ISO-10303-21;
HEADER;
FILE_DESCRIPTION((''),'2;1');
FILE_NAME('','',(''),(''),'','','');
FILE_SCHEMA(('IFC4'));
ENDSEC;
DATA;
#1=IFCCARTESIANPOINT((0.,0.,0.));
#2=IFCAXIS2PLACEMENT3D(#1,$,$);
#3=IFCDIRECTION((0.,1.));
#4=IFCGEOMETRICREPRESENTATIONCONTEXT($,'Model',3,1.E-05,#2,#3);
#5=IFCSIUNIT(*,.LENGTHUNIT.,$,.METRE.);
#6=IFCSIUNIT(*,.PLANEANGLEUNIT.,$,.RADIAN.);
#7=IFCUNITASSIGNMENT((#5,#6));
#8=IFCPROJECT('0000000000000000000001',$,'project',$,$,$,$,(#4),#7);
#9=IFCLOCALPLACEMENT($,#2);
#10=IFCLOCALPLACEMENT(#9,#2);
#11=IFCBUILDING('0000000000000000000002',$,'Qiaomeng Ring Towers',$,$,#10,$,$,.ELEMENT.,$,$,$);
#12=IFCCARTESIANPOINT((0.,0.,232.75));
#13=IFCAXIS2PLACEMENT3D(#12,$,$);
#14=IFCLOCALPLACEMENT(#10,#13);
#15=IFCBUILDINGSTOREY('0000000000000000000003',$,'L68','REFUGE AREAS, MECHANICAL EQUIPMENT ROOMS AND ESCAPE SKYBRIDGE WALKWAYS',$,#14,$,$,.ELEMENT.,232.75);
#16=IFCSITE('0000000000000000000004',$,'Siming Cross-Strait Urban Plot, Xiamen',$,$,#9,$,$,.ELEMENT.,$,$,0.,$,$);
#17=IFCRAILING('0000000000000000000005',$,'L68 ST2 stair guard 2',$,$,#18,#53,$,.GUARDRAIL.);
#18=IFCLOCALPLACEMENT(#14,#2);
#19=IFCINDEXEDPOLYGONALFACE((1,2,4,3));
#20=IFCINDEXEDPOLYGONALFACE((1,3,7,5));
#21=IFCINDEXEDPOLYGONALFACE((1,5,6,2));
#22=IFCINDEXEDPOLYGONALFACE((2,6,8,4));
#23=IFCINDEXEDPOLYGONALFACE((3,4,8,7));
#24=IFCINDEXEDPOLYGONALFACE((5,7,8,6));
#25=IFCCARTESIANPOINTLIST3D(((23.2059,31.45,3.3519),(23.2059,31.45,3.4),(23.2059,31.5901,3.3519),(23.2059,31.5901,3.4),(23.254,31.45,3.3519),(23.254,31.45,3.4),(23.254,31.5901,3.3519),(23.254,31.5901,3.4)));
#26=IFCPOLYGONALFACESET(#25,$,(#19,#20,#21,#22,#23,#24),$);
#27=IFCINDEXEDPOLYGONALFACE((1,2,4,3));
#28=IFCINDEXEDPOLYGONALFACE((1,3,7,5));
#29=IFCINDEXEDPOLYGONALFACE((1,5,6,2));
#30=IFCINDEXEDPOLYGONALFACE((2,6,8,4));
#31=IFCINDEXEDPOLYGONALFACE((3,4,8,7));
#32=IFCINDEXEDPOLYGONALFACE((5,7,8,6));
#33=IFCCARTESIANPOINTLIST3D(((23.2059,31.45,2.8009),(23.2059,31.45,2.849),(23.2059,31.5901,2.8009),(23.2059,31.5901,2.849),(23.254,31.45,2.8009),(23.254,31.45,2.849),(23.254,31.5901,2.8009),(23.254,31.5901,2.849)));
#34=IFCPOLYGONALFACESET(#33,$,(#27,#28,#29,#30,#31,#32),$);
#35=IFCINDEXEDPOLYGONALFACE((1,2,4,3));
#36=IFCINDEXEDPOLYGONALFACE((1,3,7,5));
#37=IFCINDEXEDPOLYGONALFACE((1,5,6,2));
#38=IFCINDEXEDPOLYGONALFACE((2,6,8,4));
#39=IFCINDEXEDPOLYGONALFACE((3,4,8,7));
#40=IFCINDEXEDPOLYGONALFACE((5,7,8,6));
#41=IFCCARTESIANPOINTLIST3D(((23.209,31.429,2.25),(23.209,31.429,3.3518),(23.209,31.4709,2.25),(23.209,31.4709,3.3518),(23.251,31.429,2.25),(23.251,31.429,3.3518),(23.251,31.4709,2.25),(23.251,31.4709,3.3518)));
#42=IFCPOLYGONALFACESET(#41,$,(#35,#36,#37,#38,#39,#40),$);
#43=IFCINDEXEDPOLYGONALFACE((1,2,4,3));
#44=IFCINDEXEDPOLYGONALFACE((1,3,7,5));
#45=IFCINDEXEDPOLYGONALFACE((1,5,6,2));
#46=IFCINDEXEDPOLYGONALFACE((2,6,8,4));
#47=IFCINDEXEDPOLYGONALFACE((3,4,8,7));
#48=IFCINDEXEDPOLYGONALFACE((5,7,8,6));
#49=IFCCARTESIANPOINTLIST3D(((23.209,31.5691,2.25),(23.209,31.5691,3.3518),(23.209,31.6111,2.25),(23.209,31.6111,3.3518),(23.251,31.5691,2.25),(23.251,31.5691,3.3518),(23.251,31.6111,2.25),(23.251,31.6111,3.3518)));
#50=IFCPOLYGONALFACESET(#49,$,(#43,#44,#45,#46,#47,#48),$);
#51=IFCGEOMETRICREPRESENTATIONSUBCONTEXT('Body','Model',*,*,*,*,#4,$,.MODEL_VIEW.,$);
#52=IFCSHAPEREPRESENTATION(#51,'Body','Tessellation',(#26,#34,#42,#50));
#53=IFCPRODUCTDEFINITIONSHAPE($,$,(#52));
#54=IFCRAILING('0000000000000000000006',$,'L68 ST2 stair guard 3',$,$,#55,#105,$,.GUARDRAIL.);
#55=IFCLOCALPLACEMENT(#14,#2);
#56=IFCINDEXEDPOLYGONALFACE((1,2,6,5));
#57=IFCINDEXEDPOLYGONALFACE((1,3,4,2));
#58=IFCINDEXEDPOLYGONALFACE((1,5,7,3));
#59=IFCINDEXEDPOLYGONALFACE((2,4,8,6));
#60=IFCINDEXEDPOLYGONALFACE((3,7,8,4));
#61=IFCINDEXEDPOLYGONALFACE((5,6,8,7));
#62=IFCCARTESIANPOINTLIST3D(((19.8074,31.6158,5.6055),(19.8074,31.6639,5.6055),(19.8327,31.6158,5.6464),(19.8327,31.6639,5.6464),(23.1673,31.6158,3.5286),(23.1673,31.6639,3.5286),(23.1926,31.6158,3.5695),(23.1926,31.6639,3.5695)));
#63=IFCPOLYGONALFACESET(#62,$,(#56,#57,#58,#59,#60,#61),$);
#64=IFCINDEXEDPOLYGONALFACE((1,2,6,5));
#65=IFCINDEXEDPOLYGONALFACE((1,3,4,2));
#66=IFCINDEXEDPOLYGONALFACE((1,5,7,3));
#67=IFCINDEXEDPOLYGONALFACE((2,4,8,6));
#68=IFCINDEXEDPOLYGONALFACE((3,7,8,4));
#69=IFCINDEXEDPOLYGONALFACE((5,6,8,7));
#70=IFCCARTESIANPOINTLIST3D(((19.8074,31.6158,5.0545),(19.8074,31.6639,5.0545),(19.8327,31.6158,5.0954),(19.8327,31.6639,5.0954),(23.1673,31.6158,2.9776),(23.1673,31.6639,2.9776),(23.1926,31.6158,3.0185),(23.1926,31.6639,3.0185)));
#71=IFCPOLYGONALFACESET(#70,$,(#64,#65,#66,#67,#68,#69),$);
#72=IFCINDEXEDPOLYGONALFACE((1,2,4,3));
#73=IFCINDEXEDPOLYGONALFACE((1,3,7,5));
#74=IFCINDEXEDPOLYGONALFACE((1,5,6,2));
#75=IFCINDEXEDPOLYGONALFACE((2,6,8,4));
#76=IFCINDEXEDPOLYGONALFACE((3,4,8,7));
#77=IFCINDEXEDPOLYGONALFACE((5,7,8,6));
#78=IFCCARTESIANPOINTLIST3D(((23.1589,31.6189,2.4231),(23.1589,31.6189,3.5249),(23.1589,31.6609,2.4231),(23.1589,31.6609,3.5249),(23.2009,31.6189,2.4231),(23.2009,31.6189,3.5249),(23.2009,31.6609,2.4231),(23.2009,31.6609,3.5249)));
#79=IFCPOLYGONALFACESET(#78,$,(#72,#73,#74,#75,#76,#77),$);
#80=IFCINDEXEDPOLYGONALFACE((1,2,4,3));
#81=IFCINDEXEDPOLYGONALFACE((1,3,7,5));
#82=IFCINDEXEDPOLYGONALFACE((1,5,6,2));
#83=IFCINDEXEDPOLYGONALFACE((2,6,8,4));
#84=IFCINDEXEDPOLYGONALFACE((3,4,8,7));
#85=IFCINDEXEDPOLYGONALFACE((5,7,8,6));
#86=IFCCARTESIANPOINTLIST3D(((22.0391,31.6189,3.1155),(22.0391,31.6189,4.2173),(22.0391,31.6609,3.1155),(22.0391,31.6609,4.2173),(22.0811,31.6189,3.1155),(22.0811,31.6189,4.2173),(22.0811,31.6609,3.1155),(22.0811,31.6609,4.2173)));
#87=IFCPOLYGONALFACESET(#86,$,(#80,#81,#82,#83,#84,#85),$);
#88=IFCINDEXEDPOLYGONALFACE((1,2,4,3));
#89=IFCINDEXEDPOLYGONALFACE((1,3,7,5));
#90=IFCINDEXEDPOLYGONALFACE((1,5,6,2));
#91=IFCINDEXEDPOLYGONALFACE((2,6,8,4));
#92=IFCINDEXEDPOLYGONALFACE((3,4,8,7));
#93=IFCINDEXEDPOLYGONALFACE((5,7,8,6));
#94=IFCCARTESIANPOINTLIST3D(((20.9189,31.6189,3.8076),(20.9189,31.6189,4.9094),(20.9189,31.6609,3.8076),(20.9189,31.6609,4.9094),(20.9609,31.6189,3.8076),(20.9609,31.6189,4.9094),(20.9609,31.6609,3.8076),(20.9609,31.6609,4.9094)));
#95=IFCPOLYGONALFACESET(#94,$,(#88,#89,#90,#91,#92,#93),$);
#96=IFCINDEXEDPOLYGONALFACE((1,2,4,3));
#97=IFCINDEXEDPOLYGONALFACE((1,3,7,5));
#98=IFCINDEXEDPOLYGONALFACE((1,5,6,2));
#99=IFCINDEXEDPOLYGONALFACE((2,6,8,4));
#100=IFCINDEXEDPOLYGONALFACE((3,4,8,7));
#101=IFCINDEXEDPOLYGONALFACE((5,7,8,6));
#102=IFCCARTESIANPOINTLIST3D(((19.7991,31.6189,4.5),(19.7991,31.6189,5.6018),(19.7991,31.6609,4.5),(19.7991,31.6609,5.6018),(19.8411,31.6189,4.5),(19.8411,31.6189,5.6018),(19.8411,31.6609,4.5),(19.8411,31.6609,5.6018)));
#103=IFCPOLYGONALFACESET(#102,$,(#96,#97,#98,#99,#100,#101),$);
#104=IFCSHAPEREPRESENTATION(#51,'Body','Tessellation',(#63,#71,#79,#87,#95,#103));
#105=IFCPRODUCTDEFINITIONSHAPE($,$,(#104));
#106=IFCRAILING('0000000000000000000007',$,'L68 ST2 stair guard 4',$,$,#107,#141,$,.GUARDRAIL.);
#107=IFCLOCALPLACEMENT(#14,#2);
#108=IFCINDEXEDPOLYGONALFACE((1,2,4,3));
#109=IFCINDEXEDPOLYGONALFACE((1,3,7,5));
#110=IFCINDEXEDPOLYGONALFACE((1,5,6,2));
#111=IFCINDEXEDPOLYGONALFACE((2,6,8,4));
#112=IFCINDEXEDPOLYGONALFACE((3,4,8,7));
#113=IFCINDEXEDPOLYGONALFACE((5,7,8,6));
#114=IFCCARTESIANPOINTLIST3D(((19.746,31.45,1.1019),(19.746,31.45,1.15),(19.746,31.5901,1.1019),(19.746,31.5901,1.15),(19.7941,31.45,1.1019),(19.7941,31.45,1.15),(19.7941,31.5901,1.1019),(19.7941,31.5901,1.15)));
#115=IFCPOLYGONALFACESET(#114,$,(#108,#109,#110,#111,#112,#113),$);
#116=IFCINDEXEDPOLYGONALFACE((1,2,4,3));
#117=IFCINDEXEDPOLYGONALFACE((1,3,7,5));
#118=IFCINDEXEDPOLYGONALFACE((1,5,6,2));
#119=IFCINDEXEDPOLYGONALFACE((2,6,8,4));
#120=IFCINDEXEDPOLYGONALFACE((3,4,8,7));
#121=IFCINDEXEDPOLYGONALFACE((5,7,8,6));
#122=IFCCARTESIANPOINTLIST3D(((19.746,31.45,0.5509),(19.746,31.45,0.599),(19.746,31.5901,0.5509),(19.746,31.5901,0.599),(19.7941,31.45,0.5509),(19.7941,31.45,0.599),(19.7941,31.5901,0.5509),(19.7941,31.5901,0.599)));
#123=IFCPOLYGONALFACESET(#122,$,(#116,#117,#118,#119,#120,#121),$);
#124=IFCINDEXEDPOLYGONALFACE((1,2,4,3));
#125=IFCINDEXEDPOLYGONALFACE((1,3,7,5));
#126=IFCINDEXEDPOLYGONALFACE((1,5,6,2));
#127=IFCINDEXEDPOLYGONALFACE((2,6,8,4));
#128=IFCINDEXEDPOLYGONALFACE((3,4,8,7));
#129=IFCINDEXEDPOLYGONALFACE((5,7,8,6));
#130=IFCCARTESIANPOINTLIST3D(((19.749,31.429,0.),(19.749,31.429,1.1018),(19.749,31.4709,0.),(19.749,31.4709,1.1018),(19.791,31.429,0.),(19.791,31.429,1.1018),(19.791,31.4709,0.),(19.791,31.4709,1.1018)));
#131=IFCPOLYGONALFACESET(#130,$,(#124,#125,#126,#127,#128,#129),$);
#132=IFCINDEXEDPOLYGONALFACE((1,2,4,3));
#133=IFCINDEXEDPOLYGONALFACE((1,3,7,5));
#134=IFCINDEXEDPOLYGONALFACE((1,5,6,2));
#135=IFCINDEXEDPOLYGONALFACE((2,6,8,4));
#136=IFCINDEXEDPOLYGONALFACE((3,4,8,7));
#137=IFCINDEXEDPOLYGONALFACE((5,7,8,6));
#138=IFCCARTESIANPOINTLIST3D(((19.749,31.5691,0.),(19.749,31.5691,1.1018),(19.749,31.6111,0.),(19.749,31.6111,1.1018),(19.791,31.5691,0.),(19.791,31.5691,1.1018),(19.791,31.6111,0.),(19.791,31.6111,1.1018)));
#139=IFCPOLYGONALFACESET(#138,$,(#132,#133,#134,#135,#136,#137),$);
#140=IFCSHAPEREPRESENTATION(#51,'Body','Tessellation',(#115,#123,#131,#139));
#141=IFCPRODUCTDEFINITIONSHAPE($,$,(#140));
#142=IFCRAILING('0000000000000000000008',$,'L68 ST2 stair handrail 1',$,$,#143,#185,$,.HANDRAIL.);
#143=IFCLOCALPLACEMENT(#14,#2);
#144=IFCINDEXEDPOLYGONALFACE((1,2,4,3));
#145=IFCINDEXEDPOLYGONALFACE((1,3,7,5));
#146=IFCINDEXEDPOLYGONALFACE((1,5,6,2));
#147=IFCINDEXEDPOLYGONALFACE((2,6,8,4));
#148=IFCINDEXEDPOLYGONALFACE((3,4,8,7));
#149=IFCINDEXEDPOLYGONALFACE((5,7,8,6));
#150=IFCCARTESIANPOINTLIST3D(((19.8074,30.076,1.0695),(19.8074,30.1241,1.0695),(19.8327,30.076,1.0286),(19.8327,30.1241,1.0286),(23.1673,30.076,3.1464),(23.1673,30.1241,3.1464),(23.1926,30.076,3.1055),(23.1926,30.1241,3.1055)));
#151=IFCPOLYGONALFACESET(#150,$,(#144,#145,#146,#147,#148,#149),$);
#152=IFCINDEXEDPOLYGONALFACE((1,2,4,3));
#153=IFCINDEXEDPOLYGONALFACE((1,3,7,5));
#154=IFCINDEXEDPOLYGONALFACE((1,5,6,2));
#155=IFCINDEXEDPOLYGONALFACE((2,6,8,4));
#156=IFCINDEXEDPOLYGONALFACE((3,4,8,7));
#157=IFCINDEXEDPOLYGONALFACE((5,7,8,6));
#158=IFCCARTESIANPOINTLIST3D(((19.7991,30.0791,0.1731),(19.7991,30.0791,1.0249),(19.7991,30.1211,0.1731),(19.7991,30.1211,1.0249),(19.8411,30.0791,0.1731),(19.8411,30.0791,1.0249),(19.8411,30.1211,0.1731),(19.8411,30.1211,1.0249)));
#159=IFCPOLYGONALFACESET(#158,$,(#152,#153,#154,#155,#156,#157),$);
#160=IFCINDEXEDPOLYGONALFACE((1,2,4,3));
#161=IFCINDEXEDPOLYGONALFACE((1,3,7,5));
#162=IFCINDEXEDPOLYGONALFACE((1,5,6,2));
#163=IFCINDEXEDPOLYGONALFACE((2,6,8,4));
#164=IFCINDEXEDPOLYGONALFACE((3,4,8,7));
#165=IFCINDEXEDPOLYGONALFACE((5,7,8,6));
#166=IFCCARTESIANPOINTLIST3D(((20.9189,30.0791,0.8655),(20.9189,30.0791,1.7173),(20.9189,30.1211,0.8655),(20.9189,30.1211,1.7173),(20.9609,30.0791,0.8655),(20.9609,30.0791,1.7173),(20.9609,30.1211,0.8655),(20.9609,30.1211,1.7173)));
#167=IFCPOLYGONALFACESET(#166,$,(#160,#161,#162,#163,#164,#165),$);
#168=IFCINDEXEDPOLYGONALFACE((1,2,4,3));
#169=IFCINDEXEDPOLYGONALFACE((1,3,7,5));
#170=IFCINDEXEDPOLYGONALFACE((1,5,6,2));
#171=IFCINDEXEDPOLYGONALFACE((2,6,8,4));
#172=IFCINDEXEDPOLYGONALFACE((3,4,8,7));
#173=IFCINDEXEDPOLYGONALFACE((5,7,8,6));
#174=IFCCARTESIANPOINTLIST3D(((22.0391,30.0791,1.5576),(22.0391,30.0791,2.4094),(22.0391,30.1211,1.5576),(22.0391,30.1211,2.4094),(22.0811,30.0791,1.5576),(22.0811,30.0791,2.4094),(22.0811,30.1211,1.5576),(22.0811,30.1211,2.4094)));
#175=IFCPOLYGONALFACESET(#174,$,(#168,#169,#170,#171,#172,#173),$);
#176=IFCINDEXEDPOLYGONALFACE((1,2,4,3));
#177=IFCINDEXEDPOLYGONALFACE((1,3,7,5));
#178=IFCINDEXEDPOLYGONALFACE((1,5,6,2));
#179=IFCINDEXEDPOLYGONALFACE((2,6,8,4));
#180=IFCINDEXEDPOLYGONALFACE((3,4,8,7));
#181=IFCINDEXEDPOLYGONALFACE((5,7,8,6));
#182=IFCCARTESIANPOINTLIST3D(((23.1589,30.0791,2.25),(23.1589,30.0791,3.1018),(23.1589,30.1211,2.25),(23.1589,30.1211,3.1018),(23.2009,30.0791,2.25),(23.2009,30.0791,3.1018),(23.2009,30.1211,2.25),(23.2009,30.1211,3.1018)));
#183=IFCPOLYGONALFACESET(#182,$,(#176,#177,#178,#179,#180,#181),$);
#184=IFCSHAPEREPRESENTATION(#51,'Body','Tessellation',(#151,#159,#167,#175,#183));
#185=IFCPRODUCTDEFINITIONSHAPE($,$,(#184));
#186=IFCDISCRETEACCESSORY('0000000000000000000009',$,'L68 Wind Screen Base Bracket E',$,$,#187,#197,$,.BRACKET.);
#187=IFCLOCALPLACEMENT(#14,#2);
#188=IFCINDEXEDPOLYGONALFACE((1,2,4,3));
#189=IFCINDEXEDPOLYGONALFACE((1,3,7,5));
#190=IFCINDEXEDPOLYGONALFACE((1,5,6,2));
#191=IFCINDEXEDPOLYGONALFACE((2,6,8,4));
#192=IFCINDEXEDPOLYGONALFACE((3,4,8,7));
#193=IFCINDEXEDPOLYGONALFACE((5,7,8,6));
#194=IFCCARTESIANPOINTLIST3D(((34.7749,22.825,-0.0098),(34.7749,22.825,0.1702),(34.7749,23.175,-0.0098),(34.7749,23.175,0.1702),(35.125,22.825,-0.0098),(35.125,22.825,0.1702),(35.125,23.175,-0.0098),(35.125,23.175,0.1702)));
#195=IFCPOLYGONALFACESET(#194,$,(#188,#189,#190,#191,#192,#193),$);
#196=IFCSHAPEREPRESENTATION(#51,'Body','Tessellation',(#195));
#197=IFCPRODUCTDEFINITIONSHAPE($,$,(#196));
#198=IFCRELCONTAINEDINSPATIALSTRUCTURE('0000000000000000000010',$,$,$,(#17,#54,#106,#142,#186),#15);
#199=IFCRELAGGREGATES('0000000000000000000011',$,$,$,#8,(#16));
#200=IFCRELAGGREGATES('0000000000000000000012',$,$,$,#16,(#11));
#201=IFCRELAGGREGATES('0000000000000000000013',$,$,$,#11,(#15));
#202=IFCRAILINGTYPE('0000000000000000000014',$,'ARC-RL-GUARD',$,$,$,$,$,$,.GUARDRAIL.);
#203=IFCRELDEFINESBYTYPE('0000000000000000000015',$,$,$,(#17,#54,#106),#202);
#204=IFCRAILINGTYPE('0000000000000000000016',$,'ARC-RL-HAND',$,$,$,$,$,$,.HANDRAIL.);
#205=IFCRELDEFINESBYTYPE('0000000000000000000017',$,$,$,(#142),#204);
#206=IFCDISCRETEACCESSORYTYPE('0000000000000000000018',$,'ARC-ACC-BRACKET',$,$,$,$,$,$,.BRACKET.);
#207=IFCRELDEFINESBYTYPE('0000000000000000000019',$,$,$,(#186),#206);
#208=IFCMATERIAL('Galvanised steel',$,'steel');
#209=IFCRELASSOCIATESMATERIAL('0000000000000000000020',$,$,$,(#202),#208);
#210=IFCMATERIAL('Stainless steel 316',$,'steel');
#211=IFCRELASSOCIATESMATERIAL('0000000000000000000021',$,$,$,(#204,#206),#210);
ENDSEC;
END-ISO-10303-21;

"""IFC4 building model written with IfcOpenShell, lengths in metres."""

from ifc_helpers import new_model, si_unit, direction, frame, origin, origin_2d, place, context, subcontext, project, spatial, rectangle, extrude, source, transform, mapped, material, type_object, element, save


model = new_model("IFC4")

# Units and contexts
model_context = context("Model", 3, precision=1e-05, world=origin(), true_north=direction((0.0, 1.0)))
body_context = subcontext(model_context, "Body", "Model", "MODEL_VIEW")
ifc_project = project(units=[si_unit("LENGTHUNIT", "METRE"), si_unit("PLANEANGLEUNIT", "RADIAN")], contexts=[model_context])

# Site, building, storey
site_placement = place(None, origin())
site = spatial("IfcSite", under=ifc_project, at=site_placement, Name="Siming Cross-Strait Urban Plot, Xiamen", CompositionType="ELEMENT", RefElevation=0.0)
building_placement = place(site_placement, origin())
building = spatial("IfcBuilding", under=site, at=building_placement, Name="Qiaomeng Ring Towers", CompositionType="ELEMENT")
storey_placement = place(building_placement, frame((0.0, 0.0, 232.75)))
storey = spatial("IfcBuildingStorey", under=building, at=storey_placement, Name="L68", Description="REFUGE AREAS, MECHANICAL EQUIPMENT ROOMS AND ESCAPE SKYBRIDGE WALKWAYS", CompositionType="ELEMENT", Elevation=232.75)

# Shared definitions
ifc_material_1 = material(Name="Stainless steel 316", Category="steel")

# Shared definitions
ifc_material_2 = material(Name="Galvanised steel", Category="steel")

# Railings
railing_type_1 = type_object("IfcRailingType", Name="ARC-RL-GUARD", PredefinedType="GUARDRAIL", material=ifc_material_2)
railing_1_placement = place(storey_placement, frame((23.23, 31.45, 2.25)))
element("IfcRailing", 1, at=railing_1_placement, inside=storey, type_object=railing_type_1, Name="L68 ST2 stair guard 2", PredefinedType="GUARDRAIL", context=body_context, shape_type="SweptSolid", body=[
    extrude(rectangle(XDim=0.0481, YDim=0.0481, at=origin_2d()), frame((0.0, 0.0, 1.126), z_axis=(0.0, 1.0, 0.0), x_axis=(-1.0, 0.0, 0.0)), (0.0, 0.0, 1.0), 0.1401),
    extrude(rectangle(XDim=0.0481, YDim=0.0481, at=origin_2d()), frame((0.0, 0.0, 0.575), z_axis=(0.0, 1.0, 0.0), x_axis=(-1.0, 0.0, 0.0)), (0.0, 0.0, 1.0), 0.1401),
    extrude(rectangle(XDim=0.042, YDim=0.042, at=origin_2d()), origin(), (0.0, 0.0, 1.0), 1.1018),
    extrude(rectangle(XDim=0.042, YDim=0.042, at=origin_2d()), frame((0.0, 0.1401, 0.0)), (0.0, 0.0, 1.0), 1.1018),
])
railing_2_placement = place(storey_placement, frame((23.1799, 31.6399, 2.4231)))
element("IfcRailing", 2, at=railing_2_placement, inside=storey, type_object=railing_type_1, Name="L68 ST2 stair guard 3", PredefinedType="GUARDRAIL", context=body_context, shape_type="SweptSolid", body=[
    extrude(rectangle(XDim=0.0481, YDim=0.0481, at=origin_2d()), frame((0.0, 0.0, 1.126), z_axis=(-0.850606, 0.0, 0.525803), x_axis=(0.0, -1.0, 0.0)), (0.0, 0.0, 1.0), 3.95),
    extrude(rectangle(XDim=0.0481, YDim=0.0481, at=origin_2d()), frame((0.0, 0.0, 0.575), z_axis=(-0.850606, 0.0, 0.525803), x_axis=(0.0, -1.0, 0.0)), (0.0, 0.0, 1.0), 3.95),
    extrude(rectangle(XDim=0.042, YDim=0.042, at=origin_2d()), origin(), (0.0, 0.0, 1.0), 1.1018),
    extrude(rectangle(XDim=0.042, YDim=0.042, at=origin_2d()), frame((-1.1199, 0.0, 0.6924)), (0.0, 0.0, 1.0), 1.1018),
    extrude(rectangle(XDim=0.042, YDim=0.042, at=origin_2d()), frame((-2.24, 0.0, 1.3845)), (0.0, 0.0, 1.0), 1.1018),
    extrude(rectangle(XDim=0.042, YDim=0.042, at=origin_2d()), frame((-3.3599, 0.0, 2.0769)), (0.0, 0.0, 1.0), 1.1018),
])
railing_3_placement = place(storey_placement, frame((19.77, 31.45, 0.0)))
element("IfcRailing", 3, at=railing_3_placement, inside=storey, type_object=railing_type_1, Name="L68 ST2 stair guard 4", PredefinedType="GUARDRAIL", context=body_context, shape_type="SweptSolid", body=[
    extrude(rectangle(XDim=0.0481, YDim=0.0481, at=origin_2d()), frame((0.0, 0.0, 1.126), z_axis=(0.0, 1.0, 0.0), x_axis=(-1.0, 0.0, 0.0)), (0.0, 0.0, 1.0), 0.1401),
    extrude(rectangle(XDim=0.0481, YDim=0.0481, at=origin_2d()), frame((0.0, 0.0, 0.575), z_axis=(0.0, 1.0, 0.0), x_axis=(-1.0, 0.0, 0.0)), (0.0, 0.0, 1.0), 0.1401),
    extrude(rectangle(XDim=0.042, YDim=0.042, at=origin_2d()), origin(), (0.0, 0.0, 1.0), 1.1018),
    extrude(rectangle(XDim=0.042, YDim=0.042, at=origin_2d()), frame((0.0, 0.1401, 0.0)), (0.0, 0.0, 1.0), 1.1018),
])
railing_type_2 = type_object("IfcRailingType", Name="ARC-RL-HAND", PredefinedType="HANDRAIL", material=ifc_material_1)
railing_4_placement = place(storey_placement, frame((19.8201, 30.1001, 0.1731)))
element("IfcRailing", 4, at=railing_4_placement, inside=storey, type_object=railing_type_2, Name="L68 ST2 stair handrail 1", PredefinedType="HANDRAIL", context=body_context, shape_type="SweptSolid", body=[
    extrude(rectangle(XDim=0.0481, YDim=0.0481, at=origin_2d()), frame((0.0, 0.0, 0.876), z_axis=(0.850606, 0.0, 0.525803), x_axis=(0.0, 1.0, 0.0)), (0.0, 0.0, 1.0), 3.95),
    extrude(rectangle(XDim=0.042, YDim=0.042, at=origin_2d()), origin(), (0.0, 0.0, 1.0), 0.8518),
    extrude(rectangle(XDim=0.042, YDim=0.042, at=origin_2d()), frame((1.1199, 0.0, 0.6924)), (0.0, 0.0, 1.0), 0.8518),
    extrude(rectangle(XDim=0.042, YDim=0.042, at=origin_2d()), frame((2.24, 0.0, 1.3845)), (0.0, 0.0, 1.0), 0.8518),
    extrude(rectangle(XDim=0.042, YDim=0.042, at=origin_2d()), frame((3.3599, 0.0, 2.0769)), (0.0, 0.0, 1.0), 0.8518),
])

# Discrete accessory
discrete_accessory_type = type_object("IfcDiscreteAccessoryType", Name="ARC-ACC-BRACKET", PredefinedType="BRACKET", material=ifc_material_1)
shared_shape_1 = source(origin(), body_context, "Body", "SweptSolid", [
    extrude(rectangle(XDim=0.3501, YDim=0.3501, at=origin_2d()), origin(), (0.0, 0.0, 1.0), 0.1799),
])
discrete_accessory_placement = place(storey_placement, frame((34.95, 23.0, -0.0098), z_axis=(0.0, 0.0, 1.0), x_axis=(0.0, 1.0, 0.0)))
element("IfcDiscreteAccessory", 5, at=discrete_accessory_placement, inside=storey, type_object=discrete_accessory_type, Name="L68 Wind Screen Base Bracket E", PredefinedType="BRACKET", context=body_context, shape_type="MappedRepresentation", body=[
    mapped(shared_shape_1, transform((0.0, 0.0, 0.0), x_axis=(1.0, 0.0, 0.0), y_axis=(0.0, 1.0, 0.0), z_axis=(0.0, 0.0, 1.0), scale=1.0)),
])

save(model, "model.ifc")
